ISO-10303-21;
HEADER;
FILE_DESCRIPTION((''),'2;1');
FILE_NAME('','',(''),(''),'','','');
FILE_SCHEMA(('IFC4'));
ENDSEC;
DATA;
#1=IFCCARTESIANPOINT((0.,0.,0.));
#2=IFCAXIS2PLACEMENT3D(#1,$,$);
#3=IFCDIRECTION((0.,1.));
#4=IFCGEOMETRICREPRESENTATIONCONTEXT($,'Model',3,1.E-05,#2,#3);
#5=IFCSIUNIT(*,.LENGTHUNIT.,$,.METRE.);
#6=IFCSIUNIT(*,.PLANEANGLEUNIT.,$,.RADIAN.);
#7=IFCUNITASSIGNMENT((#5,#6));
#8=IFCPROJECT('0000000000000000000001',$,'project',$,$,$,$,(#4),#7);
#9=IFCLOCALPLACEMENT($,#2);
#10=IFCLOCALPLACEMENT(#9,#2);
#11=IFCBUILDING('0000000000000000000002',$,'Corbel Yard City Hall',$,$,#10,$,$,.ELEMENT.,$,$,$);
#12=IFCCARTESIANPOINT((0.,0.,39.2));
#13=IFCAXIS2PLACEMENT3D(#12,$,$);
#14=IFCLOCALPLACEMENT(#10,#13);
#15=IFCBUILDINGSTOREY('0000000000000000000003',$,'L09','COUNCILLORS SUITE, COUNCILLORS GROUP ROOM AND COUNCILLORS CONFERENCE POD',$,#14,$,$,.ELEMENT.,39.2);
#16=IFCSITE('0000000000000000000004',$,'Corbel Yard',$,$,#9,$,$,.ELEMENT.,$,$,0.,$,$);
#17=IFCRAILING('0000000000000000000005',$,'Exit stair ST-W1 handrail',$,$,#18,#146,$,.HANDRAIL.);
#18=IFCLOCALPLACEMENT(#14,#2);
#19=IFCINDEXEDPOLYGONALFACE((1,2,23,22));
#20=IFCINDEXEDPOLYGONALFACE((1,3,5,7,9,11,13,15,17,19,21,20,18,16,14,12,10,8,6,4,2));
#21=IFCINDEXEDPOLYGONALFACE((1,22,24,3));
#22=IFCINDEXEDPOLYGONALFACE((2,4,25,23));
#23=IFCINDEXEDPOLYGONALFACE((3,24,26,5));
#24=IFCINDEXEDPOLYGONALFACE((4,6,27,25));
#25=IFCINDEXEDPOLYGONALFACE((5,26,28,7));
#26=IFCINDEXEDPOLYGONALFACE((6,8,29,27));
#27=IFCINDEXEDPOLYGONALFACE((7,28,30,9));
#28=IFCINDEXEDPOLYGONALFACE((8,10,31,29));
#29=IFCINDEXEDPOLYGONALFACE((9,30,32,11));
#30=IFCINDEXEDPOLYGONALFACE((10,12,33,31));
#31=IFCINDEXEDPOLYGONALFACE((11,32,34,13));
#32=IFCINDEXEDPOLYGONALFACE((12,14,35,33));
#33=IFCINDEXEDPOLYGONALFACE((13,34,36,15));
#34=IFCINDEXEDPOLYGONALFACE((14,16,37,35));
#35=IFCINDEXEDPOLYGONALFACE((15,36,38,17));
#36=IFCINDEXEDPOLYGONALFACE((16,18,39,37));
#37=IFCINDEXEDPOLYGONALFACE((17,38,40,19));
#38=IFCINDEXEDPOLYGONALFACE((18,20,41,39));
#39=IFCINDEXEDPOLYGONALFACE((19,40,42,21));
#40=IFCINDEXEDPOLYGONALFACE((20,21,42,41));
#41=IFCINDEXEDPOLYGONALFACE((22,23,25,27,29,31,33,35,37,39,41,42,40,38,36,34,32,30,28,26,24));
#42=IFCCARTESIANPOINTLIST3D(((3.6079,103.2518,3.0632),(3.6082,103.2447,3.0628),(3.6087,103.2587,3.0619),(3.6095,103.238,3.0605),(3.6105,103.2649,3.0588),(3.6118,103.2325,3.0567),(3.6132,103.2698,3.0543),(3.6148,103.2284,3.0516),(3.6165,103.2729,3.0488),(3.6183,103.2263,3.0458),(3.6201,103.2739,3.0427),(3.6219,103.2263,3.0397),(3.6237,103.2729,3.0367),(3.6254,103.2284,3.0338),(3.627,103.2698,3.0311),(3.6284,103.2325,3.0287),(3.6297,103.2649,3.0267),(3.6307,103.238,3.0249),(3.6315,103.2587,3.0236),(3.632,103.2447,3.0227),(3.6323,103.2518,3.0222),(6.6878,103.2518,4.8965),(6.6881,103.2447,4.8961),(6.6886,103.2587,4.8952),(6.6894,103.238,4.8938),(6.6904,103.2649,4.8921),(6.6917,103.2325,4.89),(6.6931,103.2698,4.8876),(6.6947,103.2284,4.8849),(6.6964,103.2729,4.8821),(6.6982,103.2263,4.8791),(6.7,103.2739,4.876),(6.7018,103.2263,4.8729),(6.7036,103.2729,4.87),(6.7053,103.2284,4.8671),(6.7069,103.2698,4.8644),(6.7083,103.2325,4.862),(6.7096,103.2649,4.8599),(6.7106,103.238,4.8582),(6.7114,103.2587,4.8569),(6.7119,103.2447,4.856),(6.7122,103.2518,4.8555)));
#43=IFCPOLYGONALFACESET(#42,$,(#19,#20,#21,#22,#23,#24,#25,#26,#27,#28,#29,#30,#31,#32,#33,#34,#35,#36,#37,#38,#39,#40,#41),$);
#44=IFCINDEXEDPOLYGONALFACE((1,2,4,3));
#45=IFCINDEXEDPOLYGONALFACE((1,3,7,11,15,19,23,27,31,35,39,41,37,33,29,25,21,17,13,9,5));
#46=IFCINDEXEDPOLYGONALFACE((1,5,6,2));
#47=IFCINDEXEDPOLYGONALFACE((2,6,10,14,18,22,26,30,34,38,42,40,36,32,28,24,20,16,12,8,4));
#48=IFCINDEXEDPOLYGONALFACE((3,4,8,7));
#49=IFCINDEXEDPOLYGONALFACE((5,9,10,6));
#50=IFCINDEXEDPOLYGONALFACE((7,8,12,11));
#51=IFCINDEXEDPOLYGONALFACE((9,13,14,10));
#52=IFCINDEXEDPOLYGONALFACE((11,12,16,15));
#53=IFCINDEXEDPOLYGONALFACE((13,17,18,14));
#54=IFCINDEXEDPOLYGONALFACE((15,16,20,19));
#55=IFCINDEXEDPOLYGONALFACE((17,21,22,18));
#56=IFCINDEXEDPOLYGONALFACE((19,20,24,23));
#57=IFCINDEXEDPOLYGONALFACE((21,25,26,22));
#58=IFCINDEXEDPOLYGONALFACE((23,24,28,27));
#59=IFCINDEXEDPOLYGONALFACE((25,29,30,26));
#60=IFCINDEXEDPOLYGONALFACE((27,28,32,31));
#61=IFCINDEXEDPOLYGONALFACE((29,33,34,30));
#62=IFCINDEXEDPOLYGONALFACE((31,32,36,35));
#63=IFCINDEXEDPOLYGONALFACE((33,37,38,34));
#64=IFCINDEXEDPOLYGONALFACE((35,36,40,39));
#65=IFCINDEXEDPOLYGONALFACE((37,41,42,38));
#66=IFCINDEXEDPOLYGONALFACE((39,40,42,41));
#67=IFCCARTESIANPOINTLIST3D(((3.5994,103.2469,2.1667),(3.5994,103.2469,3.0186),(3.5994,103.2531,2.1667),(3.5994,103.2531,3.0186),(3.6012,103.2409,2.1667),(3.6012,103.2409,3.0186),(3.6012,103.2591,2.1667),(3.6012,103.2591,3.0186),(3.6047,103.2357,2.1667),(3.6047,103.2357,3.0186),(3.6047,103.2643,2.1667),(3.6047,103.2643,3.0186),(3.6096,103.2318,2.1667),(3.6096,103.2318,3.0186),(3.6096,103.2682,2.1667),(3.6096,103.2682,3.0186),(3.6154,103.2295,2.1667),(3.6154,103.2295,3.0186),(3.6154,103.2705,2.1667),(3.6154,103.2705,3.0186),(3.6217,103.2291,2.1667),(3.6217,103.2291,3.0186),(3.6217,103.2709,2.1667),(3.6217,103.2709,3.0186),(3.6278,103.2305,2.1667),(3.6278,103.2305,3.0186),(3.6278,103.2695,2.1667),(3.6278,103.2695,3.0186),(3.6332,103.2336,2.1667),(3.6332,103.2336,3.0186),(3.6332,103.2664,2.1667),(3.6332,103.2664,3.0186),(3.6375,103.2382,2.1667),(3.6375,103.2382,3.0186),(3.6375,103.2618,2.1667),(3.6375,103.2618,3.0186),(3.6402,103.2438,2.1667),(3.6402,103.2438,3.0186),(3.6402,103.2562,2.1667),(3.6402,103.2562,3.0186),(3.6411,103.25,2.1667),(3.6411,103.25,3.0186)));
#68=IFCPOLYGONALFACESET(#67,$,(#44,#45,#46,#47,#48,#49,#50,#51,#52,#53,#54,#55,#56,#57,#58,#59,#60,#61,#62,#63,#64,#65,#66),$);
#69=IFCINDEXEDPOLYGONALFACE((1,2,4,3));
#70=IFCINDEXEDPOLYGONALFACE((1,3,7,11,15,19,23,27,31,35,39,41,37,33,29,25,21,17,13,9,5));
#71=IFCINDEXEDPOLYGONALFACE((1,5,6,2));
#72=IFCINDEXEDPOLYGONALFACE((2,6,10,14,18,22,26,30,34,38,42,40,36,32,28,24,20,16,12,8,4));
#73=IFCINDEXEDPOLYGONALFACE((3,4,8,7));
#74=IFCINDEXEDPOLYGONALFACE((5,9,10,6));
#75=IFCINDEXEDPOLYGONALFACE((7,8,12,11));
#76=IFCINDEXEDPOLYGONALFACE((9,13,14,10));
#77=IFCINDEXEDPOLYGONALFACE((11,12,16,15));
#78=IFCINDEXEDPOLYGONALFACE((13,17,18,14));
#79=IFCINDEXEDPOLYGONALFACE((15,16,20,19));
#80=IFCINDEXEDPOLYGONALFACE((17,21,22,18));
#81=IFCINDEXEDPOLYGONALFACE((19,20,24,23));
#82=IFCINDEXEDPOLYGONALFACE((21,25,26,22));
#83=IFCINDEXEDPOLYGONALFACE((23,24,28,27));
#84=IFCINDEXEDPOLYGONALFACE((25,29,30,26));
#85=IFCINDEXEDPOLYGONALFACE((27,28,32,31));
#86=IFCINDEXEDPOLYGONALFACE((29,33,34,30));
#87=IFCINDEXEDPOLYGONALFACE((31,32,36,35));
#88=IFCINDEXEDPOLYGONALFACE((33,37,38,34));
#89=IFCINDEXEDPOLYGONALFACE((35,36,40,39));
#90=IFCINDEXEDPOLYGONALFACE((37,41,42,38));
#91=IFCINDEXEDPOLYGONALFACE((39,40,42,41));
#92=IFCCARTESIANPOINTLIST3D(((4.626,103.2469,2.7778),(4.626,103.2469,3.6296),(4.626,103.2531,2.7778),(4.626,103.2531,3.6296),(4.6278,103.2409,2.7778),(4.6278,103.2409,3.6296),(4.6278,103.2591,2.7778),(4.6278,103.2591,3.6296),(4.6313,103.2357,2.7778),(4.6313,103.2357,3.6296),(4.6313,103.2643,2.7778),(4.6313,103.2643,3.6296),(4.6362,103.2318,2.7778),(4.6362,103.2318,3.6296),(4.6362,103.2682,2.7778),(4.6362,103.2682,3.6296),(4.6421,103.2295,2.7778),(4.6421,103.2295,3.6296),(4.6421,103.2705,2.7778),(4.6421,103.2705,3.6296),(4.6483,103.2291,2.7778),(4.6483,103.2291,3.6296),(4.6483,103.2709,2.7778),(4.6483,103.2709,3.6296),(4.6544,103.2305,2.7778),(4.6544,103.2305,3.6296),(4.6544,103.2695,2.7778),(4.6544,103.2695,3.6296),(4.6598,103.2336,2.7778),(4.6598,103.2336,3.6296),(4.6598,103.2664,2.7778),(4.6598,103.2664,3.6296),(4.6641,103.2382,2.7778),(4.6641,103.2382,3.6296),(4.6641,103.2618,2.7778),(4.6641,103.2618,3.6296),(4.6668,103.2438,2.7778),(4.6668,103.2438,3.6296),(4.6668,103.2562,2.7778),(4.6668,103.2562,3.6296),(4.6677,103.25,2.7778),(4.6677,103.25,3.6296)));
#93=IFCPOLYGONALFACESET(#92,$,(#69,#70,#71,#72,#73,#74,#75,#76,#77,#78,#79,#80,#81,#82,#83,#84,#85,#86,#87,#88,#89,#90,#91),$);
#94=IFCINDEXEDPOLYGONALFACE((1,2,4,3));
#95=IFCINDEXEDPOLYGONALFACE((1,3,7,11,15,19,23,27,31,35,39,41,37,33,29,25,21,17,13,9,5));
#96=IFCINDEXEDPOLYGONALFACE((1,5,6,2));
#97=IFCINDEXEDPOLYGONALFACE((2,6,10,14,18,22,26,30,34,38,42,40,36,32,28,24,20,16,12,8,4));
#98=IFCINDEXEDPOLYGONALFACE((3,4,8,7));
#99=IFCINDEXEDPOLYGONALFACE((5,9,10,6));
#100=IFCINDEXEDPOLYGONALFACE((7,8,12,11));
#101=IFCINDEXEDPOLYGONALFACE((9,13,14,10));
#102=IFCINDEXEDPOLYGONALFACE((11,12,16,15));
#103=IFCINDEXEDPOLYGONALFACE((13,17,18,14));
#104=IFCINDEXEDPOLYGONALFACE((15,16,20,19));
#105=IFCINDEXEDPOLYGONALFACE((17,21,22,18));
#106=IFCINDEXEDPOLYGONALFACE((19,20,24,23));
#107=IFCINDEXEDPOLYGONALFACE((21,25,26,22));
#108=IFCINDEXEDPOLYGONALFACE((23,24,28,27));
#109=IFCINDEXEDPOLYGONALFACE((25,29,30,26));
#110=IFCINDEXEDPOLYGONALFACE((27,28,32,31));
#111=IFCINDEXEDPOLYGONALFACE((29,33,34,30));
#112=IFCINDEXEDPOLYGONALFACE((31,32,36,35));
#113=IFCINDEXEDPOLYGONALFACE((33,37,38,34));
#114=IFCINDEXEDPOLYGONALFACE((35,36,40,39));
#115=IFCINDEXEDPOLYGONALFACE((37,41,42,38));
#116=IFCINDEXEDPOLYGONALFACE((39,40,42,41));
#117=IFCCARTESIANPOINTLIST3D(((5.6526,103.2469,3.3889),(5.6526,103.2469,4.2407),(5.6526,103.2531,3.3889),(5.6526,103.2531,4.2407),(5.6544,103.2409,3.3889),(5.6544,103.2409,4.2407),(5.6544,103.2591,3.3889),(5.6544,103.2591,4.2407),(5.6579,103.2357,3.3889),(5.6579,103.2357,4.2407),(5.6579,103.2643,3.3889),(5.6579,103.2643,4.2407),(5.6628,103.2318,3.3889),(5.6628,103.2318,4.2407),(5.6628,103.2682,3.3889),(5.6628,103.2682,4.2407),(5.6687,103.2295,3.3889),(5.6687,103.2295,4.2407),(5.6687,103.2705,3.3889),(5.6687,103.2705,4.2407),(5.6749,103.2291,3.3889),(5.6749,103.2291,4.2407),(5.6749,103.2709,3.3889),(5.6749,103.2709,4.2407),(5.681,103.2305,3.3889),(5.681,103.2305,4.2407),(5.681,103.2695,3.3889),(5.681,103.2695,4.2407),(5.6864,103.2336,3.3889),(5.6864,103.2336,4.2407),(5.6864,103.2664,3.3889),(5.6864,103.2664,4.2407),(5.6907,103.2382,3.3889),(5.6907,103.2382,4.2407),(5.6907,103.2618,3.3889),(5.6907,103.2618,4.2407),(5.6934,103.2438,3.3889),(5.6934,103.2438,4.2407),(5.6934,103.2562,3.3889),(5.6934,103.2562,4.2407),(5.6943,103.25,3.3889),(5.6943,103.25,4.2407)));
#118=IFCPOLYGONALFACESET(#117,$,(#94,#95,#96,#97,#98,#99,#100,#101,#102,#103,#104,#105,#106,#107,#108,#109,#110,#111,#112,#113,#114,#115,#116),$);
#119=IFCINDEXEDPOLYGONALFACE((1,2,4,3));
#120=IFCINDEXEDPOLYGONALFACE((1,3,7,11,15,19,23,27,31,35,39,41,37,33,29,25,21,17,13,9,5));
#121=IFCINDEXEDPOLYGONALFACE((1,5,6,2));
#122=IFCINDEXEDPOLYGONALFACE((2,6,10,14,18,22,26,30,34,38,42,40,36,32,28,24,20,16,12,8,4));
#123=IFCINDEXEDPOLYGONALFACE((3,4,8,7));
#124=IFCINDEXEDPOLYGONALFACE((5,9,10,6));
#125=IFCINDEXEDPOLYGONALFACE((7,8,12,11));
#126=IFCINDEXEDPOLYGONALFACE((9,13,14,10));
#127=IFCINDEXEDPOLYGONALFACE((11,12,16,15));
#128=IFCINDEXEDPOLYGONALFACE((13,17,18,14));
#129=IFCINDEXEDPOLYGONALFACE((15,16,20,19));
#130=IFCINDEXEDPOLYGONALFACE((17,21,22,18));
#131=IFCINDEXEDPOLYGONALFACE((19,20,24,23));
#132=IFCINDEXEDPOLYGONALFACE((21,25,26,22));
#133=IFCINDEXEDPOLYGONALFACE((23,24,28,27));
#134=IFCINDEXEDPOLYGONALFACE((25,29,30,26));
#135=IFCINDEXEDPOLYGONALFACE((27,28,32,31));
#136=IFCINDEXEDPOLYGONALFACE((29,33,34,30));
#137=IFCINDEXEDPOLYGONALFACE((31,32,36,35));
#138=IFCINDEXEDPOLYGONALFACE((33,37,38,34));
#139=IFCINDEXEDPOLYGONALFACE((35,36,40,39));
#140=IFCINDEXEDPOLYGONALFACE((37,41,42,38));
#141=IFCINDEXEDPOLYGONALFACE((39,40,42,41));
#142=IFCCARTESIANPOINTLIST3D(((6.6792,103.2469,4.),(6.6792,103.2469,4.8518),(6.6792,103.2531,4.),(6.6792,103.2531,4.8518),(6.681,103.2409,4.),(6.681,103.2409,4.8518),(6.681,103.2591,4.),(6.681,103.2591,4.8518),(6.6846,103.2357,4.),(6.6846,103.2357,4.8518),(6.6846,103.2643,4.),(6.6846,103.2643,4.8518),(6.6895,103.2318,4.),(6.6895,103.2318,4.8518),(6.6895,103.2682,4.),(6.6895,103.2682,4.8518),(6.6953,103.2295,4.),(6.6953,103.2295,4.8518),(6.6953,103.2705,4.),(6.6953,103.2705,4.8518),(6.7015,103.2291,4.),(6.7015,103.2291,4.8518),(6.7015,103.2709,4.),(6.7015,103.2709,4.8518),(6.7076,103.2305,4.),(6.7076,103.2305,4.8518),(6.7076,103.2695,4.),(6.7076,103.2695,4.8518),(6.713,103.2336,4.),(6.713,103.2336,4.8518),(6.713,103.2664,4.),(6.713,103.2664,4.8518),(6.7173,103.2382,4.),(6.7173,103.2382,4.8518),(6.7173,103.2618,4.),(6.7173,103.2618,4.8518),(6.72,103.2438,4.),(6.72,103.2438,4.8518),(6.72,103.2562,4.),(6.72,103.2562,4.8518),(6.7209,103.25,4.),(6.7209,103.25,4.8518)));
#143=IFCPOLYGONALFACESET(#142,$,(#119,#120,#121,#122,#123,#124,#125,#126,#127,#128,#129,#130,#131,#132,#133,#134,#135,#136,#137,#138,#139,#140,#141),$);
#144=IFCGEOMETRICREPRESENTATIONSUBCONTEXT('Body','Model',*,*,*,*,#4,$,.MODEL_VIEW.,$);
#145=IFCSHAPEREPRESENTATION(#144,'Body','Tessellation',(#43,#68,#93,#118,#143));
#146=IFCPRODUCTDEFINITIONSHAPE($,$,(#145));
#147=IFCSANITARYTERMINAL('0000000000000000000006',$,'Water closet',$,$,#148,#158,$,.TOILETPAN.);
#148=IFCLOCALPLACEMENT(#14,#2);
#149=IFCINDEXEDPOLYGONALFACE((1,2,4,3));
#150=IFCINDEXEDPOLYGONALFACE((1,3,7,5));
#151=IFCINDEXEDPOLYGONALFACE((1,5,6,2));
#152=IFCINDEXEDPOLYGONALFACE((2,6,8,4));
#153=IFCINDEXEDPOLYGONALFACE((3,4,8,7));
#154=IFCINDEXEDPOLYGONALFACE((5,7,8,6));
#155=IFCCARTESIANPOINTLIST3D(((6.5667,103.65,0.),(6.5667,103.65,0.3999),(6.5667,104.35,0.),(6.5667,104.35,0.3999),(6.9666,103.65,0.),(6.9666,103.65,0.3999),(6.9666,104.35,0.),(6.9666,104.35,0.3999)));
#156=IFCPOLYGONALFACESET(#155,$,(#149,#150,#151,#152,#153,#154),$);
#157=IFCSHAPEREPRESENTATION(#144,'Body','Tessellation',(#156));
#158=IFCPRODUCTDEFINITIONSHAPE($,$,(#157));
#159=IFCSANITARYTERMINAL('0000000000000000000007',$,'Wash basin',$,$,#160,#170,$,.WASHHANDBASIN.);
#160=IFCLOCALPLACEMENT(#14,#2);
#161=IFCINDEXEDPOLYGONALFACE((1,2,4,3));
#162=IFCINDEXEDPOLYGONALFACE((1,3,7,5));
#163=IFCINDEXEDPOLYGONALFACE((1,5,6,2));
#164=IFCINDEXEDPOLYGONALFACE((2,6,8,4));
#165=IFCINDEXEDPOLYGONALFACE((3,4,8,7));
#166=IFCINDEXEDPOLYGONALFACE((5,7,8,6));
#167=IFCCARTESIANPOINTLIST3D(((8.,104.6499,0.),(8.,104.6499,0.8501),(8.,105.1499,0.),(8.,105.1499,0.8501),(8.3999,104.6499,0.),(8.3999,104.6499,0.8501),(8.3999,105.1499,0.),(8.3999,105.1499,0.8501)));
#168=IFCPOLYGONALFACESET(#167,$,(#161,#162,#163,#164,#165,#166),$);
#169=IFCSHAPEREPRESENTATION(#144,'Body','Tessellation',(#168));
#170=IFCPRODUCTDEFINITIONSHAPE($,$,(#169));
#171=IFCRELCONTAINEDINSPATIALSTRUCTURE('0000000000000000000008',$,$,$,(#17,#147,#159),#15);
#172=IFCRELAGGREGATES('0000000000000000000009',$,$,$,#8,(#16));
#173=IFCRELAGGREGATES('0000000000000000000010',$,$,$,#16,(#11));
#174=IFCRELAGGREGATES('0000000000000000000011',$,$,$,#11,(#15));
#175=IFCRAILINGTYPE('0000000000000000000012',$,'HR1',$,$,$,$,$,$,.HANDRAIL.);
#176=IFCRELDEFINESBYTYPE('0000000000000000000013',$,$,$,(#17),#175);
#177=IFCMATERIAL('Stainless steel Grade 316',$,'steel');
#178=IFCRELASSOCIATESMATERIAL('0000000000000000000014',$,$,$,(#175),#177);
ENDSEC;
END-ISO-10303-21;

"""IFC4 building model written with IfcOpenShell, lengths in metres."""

from ifc_helpers import new_model, si_unit, direction, frame, origin, origin_2d, place, context, subcontext, project, spatial, rectangle, circle, extrude, material, type_object, element, save


model = new_model("IFC4")

# Units and contexts
model_context = context("Model", 3, precision=1e-05, world=origin(), true_north=direction((0.0, 1.0)))
body_context = subcontext(model_context, "Body", "Model", "MODEL_VIEW")
ifc_project = project(units=[si_unit("LENGTHUNIT", "METRE"), si_unit("PLANEANGLEUNIT", "RADIAN")], contexts=[model_context])

# Site, building, storey
site_placement = place(None, origin())
site = spatial("IfcSite", under=ifc_project, at=site_placement, Name="Corbel Yard", CompositionType="ELEMENT", RefElevation=0.0)
building_placement = place(site_placement, origin())
building = spatial("IfcBuilding", under=site, at=building_placement, Name="Corbel Yard City Hall", CompositionType="ELEMENT")
storey_placement = place(building_placement, frame((0.0, 0.0, 39.2)))
storey = spatial("IfcBuildingStorey", under=building, at=storey_placement, Name="L09", Description="COUNCILLORS SUITE, COUNCILLORS GROUP ROOM AND COUNCILLORS CONFERENCE POD", CompositionType="ELEMENT", Elevation=39.2)

# Shared definitions
ifc_material_1 = material(Name="Stainless steel Grade 316", Category="steel")

# Railing
railing_type = type_object("IfcRailingType", Name="HR1", PredefinedType="HANDRAIL", material=ifc_material_1)
for number, where, name in (
    (1, (3.6201, 103.25, 2.1667), "Exit stair ST-W1 handrail"),
):
    element("IfcRailing", number, at=place(storey_placement, frame(where)), inside=storey, type_object=railing_type, Name=name, PredefinedType="HANDRAIL", context=body_context, shape_type="SweptSolid", body=[
        extrude(circle(Radius=0.0239, at=origin_2d()), frame((0.0, 0.0, 0.876), z_axis=(0.859291, 0.0, 0.511487), x_axis=(0.0, 1.0, 0.0)), (0.0, 0.0, 1.0), 3.5842),
        extrude(circle(Radius=0.021, at=origin_2d()), origin(), (0.0, 0.0, 1.0), 0.8518),
        extrude(circle(Radius=0.021, at=origin_2d()), frame((1.0266, 0.0, 0.6111)), (0.0, 0.0, 1.0), 0.8518),
        extrude(circle(Radius=0.021, at=origin_2d()), frame((2.0532, 0.0, 1.2222)), (0.0, 0.0, 1.0), 0.8518),
        extrude(circle(Radius=0.021, at=origin_2d()), frame((3.0798, 0.0, 1.8333)), (0.0, 0.0, 1.0), 0.8518),
    ])

# Sanitary terminals
sanitary_terminal_1_placement = place(storey_placement, frame((6.7666, 104.0, 0.0), z_axis=(0.0, 0.0, 1.0), x_axis=(1.0, 0.0, 0.0)))
element("IfcSanitaryTerminal", 2, at=sanitary_terminal_1_placement, inside=storey, Name="Water closet", PredefinedType="TOILETPAN", context=body_context, shape_type="SweptSolid", body=[
    extrude(rectangle(XDim=0.3999, YDim=0.7, at=origin_2d()), origin(), (0.0, 0.0, 1.0), 0.3999),
])
sanitary_terminal_2_placement = place(storey_placement, frame((8.2, 104.8999, 0.0), z_axis=(0.0, 0.0, 1.0), x_axis=(1.0, 0.0, 0.0)))
element("IfcSanitaryTerminal", 3, at=sanitary_terminal_2_placement, inside=storey, Name="Wash basin", PredefinedType="WASHHANDBASIN", context=body_context, shape_type="SweptSolid", body=[
    extrude(rectangle(XDim=0.3999, YDim=0.5, at=origin_2d()), origin(), (0.0, 0.0, 1.0), 0.8501),
])

save(model, "model.ifc")
